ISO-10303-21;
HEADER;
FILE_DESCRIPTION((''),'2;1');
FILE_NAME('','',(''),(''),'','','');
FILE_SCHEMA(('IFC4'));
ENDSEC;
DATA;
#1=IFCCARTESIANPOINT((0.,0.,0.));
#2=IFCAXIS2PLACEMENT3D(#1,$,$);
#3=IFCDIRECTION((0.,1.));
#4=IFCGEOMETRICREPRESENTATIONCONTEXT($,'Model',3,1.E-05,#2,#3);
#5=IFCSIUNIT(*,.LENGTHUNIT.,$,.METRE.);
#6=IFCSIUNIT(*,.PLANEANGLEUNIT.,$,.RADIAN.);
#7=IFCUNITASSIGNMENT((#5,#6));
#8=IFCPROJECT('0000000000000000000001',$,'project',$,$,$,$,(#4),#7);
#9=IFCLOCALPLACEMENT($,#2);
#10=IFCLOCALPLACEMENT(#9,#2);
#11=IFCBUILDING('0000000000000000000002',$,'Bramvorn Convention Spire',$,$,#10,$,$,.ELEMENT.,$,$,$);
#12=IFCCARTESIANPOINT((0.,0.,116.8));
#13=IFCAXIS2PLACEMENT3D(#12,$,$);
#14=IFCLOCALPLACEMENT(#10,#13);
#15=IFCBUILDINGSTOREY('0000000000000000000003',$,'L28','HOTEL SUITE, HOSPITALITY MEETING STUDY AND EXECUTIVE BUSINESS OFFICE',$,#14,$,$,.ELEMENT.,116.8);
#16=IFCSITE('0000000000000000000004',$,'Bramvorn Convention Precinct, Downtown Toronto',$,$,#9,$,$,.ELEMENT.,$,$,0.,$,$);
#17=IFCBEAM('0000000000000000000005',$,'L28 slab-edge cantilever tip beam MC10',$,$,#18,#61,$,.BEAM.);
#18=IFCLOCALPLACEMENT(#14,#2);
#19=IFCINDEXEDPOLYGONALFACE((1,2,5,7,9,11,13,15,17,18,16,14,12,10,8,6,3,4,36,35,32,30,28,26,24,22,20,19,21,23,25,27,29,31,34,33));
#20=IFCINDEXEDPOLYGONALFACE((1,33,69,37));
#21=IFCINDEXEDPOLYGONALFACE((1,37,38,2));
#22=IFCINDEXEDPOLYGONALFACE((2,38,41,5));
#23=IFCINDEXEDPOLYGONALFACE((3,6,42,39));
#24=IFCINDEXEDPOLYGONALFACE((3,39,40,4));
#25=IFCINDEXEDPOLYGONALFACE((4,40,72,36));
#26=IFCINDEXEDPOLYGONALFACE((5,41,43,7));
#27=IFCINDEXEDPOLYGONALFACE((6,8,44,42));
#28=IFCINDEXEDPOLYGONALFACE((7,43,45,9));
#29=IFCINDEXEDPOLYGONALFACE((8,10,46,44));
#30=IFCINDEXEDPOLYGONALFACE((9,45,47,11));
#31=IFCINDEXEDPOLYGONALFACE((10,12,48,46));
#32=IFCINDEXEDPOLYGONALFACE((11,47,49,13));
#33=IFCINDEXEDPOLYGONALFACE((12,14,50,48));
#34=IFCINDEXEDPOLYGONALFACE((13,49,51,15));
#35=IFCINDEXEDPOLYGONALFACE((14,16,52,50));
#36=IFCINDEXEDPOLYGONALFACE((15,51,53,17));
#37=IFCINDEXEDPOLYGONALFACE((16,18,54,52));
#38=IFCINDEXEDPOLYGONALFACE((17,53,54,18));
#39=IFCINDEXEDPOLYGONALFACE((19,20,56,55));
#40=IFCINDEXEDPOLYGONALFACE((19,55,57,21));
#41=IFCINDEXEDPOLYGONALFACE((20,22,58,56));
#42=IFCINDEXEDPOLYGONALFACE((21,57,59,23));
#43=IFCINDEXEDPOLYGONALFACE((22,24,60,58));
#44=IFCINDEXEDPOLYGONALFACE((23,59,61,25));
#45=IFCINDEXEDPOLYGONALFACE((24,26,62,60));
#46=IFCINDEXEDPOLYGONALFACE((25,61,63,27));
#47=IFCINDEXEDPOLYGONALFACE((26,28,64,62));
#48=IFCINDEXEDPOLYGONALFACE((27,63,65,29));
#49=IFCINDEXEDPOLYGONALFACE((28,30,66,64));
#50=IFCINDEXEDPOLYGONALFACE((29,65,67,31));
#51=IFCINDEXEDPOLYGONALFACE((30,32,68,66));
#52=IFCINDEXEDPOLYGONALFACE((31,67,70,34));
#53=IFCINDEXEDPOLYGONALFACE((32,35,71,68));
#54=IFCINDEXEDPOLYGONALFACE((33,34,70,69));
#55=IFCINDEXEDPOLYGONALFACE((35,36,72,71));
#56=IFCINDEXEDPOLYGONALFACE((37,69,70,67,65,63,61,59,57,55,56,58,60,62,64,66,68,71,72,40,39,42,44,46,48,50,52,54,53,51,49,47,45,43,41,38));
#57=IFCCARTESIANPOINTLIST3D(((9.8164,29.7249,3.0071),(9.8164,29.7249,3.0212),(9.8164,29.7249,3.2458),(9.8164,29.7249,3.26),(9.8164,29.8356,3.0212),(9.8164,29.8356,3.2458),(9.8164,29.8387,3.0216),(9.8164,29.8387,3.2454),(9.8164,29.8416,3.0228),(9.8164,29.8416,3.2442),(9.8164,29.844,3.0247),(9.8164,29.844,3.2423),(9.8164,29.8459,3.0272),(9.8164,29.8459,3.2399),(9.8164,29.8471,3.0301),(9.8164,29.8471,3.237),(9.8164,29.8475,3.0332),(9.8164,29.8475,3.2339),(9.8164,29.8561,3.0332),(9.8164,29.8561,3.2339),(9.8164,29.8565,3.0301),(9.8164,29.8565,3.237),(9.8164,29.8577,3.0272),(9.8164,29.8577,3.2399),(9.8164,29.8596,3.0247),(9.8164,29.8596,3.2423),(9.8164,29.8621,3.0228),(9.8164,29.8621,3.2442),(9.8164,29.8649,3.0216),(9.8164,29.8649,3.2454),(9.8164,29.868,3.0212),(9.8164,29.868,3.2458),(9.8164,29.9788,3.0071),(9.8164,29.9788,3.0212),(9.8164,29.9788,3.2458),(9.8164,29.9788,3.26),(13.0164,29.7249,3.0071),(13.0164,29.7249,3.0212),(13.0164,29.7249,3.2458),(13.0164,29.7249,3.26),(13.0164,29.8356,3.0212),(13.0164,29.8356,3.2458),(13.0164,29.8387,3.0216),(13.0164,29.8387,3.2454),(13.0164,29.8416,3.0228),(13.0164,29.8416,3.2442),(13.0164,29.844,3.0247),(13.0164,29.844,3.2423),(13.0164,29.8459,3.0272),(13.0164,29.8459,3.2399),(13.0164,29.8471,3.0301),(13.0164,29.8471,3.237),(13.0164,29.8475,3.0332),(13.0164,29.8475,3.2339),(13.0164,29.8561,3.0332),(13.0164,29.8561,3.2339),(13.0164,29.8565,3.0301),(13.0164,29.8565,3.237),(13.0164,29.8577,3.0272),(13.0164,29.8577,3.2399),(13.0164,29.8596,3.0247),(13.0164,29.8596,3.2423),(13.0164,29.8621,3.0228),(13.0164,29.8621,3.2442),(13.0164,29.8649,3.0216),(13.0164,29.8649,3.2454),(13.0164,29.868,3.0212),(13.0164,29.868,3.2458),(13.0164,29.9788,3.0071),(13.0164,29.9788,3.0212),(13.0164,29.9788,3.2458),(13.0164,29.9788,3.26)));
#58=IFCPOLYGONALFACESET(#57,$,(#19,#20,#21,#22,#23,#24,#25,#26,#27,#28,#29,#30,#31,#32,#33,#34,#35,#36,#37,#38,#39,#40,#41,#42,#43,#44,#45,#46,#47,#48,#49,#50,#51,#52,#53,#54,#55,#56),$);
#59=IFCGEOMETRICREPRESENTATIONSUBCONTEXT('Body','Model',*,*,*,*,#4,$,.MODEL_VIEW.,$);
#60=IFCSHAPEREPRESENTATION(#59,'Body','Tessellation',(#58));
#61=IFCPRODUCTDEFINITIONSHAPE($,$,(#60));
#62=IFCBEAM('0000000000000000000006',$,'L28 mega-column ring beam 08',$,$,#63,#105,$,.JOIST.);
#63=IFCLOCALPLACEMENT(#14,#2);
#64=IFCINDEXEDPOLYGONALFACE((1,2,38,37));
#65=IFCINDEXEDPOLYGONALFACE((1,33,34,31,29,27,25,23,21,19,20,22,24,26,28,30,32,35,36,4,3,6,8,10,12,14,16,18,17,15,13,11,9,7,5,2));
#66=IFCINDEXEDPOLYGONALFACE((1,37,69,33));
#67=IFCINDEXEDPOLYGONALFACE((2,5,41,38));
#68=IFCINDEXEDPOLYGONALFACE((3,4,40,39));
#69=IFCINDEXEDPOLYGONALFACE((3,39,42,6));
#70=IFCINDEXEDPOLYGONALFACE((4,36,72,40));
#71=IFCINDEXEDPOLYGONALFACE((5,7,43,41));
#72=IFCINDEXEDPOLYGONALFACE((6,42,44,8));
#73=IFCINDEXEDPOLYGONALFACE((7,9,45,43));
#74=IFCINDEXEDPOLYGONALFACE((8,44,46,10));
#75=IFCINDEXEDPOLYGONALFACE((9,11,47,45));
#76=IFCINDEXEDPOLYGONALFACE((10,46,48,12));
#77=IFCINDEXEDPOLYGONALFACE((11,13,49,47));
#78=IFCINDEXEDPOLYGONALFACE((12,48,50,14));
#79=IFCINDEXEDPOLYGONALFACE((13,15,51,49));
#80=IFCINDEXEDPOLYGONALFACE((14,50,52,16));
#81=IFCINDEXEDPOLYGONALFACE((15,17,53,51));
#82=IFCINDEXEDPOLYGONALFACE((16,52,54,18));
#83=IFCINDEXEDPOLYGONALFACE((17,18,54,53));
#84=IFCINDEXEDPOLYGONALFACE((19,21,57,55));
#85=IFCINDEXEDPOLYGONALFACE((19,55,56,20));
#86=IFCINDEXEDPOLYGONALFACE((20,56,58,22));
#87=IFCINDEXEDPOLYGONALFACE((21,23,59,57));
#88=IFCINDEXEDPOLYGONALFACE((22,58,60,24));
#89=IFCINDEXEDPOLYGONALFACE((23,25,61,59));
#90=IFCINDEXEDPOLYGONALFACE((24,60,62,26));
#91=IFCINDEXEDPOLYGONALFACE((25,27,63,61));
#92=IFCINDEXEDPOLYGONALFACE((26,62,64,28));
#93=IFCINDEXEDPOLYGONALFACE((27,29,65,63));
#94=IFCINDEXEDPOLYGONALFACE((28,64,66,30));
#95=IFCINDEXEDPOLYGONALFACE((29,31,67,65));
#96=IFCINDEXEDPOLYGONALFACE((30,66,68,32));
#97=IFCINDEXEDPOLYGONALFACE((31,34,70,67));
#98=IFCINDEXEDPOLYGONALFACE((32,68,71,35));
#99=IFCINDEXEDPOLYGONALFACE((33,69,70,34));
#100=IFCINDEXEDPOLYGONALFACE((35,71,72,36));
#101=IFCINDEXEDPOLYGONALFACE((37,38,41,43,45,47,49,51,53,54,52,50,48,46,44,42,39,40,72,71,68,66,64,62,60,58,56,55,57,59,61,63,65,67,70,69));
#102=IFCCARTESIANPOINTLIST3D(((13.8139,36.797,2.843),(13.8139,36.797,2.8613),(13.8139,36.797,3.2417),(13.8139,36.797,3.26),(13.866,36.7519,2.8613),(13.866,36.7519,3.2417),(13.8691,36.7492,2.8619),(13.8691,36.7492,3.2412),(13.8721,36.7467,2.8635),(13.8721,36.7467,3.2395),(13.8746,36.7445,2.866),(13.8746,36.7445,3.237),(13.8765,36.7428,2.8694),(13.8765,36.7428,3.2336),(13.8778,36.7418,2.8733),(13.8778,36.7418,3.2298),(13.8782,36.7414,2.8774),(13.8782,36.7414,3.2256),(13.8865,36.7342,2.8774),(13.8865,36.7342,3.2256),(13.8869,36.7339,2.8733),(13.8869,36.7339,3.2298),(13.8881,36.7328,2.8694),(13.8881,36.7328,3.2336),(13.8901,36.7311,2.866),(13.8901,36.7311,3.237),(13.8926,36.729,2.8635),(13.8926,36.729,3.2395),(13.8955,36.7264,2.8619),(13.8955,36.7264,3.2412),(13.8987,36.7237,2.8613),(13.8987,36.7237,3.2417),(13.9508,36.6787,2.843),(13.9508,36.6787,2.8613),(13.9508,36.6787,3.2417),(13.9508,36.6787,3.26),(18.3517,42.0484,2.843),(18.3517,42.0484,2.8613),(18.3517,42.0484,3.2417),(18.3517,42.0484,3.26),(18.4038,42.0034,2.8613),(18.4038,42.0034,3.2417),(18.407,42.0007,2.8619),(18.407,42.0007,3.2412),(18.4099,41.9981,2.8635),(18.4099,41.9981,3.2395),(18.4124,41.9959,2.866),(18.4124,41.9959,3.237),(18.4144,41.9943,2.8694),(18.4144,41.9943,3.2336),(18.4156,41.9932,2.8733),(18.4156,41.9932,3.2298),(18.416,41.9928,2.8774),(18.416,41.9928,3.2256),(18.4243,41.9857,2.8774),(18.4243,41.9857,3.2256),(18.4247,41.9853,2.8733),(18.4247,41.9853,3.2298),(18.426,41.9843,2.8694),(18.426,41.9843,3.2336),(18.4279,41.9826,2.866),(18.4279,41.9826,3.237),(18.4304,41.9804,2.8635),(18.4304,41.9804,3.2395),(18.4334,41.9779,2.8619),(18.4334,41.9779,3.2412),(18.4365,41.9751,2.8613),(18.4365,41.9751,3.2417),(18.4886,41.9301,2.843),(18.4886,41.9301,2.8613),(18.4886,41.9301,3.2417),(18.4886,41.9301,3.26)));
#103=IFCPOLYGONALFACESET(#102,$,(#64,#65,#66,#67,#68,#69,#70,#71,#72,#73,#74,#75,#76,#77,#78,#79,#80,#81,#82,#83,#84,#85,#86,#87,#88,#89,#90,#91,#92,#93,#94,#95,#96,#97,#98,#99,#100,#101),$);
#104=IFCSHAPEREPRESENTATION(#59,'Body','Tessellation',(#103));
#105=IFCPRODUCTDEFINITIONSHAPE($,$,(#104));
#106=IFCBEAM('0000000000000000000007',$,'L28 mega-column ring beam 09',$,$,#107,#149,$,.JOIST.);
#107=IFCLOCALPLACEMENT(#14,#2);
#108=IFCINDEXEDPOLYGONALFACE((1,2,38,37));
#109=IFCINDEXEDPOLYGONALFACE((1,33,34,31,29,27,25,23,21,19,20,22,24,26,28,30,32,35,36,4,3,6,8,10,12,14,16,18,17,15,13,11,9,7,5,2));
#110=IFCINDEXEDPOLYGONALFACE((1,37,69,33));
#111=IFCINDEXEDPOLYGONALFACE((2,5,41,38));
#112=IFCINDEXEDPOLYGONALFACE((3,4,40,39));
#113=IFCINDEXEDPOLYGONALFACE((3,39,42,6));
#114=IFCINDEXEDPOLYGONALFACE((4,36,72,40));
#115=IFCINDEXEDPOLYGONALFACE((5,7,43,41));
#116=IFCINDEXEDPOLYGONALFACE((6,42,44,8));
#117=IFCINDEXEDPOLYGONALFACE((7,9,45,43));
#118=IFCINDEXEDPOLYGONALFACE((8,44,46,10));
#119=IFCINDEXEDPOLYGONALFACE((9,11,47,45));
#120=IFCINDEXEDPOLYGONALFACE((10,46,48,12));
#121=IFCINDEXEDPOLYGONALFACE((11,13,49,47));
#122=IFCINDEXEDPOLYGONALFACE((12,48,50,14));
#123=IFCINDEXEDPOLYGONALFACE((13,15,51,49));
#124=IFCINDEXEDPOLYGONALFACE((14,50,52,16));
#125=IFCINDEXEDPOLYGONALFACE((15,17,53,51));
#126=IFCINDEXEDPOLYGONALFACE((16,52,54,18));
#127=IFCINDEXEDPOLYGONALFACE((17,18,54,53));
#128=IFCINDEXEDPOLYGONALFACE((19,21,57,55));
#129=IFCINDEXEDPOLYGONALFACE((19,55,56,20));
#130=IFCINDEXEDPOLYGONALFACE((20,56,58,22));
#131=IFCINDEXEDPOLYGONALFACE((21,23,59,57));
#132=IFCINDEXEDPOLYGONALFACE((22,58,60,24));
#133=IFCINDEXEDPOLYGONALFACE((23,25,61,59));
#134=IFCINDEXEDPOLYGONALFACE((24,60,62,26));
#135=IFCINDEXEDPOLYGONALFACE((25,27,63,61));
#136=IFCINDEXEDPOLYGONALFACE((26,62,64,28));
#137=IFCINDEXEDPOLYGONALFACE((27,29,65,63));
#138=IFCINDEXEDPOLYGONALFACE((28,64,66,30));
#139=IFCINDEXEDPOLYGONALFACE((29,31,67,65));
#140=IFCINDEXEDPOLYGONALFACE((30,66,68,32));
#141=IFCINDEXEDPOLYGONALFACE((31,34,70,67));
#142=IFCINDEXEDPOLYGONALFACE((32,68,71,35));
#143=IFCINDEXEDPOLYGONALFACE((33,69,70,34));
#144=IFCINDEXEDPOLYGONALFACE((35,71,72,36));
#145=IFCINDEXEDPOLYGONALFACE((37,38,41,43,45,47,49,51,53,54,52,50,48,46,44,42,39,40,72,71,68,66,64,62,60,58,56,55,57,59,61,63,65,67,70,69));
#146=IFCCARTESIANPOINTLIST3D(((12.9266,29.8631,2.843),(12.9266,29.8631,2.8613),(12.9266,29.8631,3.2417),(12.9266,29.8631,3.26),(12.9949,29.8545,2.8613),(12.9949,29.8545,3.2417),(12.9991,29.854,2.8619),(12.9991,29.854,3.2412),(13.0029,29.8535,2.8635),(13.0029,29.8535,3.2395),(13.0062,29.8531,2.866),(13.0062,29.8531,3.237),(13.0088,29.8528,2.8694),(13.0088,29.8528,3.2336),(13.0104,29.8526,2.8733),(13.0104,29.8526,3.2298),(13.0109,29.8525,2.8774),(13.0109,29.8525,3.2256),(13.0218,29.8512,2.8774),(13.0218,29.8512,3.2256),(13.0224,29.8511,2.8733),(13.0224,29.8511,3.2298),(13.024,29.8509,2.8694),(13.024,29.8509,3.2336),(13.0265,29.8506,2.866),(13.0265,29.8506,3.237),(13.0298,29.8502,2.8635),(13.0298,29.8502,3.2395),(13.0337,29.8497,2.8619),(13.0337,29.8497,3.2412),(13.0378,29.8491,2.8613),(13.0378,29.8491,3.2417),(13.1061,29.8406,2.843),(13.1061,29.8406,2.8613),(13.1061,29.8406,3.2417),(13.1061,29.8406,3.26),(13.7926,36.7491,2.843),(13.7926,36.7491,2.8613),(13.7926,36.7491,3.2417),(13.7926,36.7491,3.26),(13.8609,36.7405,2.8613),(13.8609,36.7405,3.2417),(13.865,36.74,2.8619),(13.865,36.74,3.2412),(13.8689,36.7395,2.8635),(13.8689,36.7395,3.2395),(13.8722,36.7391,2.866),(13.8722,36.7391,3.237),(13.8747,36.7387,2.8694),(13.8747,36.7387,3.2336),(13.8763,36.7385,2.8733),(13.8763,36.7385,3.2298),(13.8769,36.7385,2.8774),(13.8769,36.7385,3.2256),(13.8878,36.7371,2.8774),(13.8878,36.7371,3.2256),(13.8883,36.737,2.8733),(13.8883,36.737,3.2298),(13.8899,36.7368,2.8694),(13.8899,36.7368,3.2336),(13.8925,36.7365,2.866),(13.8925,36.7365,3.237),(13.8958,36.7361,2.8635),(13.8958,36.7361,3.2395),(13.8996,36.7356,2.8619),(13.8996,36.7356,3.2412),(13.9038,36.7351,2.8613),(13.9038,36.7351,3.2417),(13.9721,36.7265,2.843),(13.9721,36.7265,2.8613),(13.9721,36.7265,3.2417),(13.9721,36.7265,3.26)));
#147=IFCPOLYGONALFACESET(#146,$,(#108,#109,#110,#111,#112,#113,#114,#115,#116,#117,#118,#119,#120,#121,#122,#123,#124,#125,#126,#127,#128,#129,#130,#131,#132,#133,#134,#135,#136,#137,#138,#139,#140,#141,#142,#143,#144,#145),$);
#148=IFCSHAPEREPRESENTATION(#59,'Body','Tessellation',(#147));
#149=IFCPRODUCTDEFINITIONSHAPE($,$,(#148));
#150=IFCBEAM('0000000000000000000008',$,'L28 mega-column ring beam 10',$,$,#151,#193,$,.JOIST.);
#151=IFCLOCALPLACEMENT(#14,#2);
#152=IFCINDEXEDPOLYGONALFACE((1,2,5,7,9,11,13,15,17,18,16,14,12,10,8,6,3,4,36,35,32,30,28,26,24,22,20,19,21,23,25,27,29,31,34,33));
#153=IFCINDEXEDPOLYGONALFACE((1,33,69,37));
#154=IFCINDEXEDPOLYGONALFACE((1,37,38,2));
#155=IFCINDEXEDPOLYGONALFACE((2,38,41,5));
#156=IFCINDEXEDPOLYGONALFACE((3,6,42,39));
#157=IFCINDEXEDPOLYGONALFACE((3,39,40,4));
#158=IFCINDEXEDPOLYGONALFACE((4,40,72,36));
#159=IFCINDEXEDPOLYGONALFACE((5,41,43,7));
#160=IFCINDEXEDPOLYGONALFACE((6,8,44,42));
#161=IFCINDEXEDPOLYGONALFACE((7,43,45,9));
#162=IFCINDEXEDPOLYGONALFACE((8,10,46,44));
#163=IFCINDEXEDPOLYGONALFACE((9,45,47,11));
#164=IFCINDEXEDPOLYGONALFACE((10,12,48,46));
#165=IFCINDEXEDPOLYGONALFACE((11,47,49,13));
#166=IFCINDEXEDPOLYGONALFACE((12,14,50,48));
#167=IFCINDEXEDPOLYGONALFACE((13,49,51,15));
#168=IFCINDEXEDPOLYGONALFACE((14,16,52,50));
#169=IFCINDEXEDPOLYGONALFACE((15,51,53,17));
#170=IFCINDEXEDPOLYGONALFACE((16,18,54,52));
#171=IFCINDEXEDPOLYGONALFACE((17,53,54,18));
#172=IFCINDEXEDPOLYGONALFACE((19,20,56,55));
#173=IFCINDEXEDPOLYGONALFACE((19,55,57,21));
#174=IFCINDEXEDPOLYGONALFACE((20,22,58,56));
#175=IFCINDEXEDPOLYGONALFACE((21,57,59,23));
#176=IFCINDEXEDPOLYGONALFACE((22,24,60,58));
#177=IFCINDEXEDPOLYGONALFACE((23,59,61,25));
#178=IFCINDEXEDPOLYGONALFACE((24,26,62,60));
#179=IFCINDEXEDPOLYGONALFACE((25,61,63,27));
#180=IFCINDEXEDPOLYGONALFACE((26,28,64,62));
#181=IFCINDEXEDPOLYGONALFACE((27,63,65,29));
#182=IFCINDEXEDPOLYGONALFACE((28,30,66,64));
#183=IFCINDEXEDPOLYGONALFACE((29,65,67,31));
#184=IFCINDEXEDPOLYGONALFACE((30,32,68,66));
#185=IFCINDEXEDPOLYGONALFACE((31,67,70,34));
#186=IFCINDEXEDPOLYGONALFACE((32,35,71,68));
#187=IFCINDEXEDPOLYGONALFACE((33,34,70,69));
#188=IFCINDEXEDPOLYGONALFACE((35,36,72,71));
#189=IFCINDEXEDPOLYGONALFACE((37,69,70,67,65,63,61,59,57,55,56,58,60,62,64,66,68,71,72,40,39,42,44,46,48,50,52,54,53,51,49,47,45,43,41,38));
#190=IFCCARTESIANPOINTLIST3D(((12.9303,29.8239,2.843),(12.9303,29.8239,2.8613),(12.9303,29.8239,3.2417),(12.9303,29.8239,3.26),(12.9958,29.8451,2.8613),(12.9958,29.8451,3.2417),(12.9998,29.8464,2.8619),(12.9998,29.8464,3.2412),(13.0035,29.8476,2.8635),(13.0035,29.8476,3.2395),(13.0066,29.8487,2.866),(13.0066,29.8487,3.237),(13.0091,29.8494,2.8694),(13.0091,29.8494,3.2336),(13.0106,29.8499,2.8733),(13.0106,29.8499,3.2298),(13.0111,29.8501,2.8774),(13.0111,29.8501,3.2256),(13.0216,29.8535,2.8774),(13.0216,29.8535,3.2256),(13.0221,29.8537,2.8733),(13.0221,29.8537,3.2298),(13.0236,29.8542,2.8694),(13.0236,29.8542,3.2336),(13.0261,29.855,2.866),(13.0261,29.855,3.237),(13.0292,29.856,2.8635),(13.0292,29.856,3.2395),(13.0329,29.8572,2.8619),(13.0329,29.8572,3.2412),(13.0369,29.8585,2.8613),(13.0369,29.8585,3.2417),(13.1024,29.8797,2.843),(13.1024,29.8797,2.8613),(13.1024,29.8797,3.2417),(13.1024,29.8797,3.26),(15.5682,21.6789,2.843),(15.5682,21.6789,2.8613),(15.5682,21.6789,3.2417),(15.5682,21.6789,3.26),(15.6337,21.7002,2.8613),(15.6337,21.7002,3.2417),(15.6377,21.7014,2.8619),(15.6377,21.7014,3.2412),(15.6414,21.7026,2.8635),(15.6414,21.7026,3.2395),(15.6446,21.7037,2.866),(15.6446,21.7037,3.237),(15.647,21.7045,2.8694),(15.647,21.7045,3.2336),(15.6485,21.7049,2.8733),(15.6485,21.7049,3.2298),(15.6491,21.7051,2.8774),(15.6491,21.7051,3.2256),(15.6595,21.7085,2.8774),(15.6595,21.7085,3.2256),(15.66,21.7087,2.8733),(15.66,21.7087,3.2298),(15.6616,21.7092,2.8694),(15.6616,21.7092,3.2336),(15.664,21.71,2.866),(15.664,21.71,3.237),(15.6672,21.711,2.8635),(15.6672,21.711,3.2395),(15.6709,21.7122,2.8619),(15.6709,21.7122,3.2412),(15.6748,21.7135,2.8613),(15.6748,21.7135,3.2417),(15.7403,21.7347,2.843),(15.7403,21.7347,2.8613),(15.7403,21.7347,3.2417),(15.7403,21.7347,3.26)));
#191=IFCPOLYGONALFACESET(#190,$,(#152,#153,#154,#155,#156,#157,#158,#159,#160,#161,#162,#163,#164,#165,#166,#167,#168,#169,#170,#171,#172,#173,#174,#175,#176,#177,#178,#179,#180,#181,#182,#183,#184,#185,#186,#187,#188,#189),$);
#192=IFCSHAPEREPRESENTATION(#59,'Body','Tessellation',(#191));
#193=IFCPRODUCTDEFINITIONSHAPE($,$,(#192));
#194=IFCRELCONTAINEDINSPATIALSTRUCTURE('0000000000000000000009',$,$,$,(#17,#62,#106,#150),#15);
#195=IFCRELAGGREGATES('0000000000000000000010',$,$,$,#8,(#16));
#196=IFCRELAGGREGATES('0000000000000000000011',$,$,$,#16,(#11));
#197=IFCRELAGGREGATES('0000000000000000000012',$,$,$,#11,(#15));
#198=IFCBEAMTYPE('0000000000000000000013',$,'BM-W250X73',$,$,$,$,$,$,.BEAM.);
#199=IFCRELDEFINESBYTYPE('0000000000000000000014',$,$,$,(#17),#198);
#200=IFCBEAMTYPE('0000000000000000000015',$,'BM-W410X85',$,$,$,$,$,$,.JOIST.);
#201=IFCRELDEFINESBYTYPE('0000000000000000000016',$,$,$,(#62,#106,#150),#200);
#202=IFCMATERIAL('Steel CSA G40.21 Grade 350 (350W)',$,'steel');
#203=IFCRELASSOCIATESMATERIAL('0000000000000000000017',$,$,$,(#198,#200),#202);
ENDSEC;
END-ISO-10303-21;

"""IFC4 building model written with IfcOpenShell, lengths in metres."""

from ifc_helpers import new_model, si_unit, direction, frame, origin, origin_2d, place, context, subcontext, project, spatial, i_section, extrude, material, material_profile, profile_set, type_object, element, save


model = new_model("IFC4")

# Units and contexts
model_context = context("Model", 3, precision=1e-05, world=origin(), true_north=direction((0.0, 1.0)))
body_context = subcontext(model_context, "Body", "Model", "MODEL_VIEW")
ifc_project = project(units=[si_unit("LENGTHUNIT", "METRE"), si_unit("PLANEANGLEUNIT", "RADIAN")], contexts=[model_context])

# Site, building, storey
site_placement = place(None, origin())
site = spatial("IfcSite", under=ifc_project, at=site_placement, Name="Bramvorn Convention Precinct, Downtown Toronto", CompositionType="ELEMENT", RefElevation=0.0)
building_placement = place(site_placement, origin())
building = spatial("IfcBuilding", under=site, at=building_placement, Name="Bramvorn Convention Spire", CompositionType="ELEMENT")
storey_placement = place(building_placement, frame((0.0, 0.0, 116.8)))
storey = spatial("IfcBuildingStorey", under=building, at=storey_placement, Name="L28", Description="HOTEL SUITE, HOSPITALITY MEETING STUDY AND EXECUTIVE BUSINESS OFFICE", CompositionType="ELEMENT", Elevation=116.8)

# Shared definitions
ifc_material_1 = material(Name="Steel CSA G40.21 Grade 350 (350W)", Category="steel")

# Beams
ifc_material_profile_1 = material_profile(ifc_material_1, i_section(OverallWidth=0.2539, OverallDepth=0.2529, WebThickness=0.0085, FlangeThickness=0.0142, FilletRadius=0.012, at=origin_2d()))
ifc_profile_set_1 = profile_set([ifc_material_profile_1], Name="Steel CSA G40.21 Grade 350 (350W) - W250X73")
beam_type_1 = type_object("IfcBeamType", Name="BM-W250X73", PredefinedType="BEAM", material=ifc_profile_set_1)
for number, where, z_axis, x_axis, name in (
    (1, (13.0164, 29.8518, 3.1335), (-1.0, 0.0, 0.0), (0.0, -1.0, 0.0), "L28 slab-edge cantilever tip beam MC10"),
):
    element("IfcBeam", number, at=place(storey_placement, frame(where, z_axis=z_axis, x_axis=x_axis)), inside=storey, type_object=beam_type_1, Name=name, PredefinedType="BEAM", context=body_context, shape_type="SweptSolid", body=[
        extrude(i_section(OverallWidth=0.2539, OverallDepth=0.2529, WebThickness=0.0085, FlangeThickness=0.0142, FilletRadius=0.012, at=origin_2d()), origin(), (0.0, 0.0, 1.0), 3.2),
    ])
ifc_material_profile_2 = material_profile(ifc_material_1, i_section(OverallWidth=0.1809, OverallDepth=0.417, WebThickness=0.011, FlangeThickness=0.0183, FilletRadius=0.0161, at=origin_2d()))
ifc_profile_set_2 = profile_set([ifc_material_profile_2], Name="Steel CSA G40.21 Grade 350 (350W) - W410X85")
beam_type_2 = type_object("IfcBeamType", Name="BM-W410X85", PredefinedType="JOIST", material=ifc_profile_set_2)
beam_1_placement = place(storey_placement, frame((18.4202, 41.9893, 3.0515), z_axis=(-0.653825, -0.756646, 0.0), x_axis=(0.756646, -0.653825, 0.0)))
element("IfcBeam", 2, at=beam_1_placement, inside=storey, type_object=beam_type_2, Name="L28 mega-column ring beam 08", PredefinedType="JOIST", context=body_context, shape_type="SweptSolid", body=[
    extrude(i_section(OverallWidth=0.1809, OverallDepth=0.417, WebThickness=0.011, FlangeThickness=0.0183, FilletRadius=0.0161, at=origin_2d()), origin(), (0.0, 0.0, 1.0), 6.9404),
])
beam_2_placement = place(storey_placement, frame((13.8823, 36.7378, 3.0515), z_axis=(-0.124775, -0.992185, 0.0), x_axis=(0.992185, -0.124775, 0.0)))
element("IfcBeam", 3, at=beam_2_placement, inside=storey, type_object=beam_type_2, Name="L28 mega-column ring beam 09", PredefinedType="JOIST", context=body_context, shape_type="SweptSolid", body=[
    extrude(i_section(OverallWidth=0.1809, OverallDepth=0.417, WebThickness=0.011, FlangeThickness=0.0183, FilletRadius=0.0161, at=origin_2d()), origin(), (0.0, 0.0, 1.0), 6.9402),
])
beam_3_placement = place(storey_placement, frame((13.0164, 29.8518, 3.0515), z_axis=(0.308115, -0.951349, 0.0), x_axis=(0.951349, 0.308115, 0.0)))
element("IfcBeam", 4, at=beam_3_placement, inside=storey, type_object=beam_type_2, Name="L28 mega-column ring beam 10", PredefinedType="JOIST", context=body_context, shape_type="SweptSolid", body=[
    extrude(i_section(OverallWidth=0.1809, OverallDepth=0.417, WebThickness=0.011, FlangeThickness=0.0183, FilletRadius=0.0161, at=origin_2d()), origin(), (0.0, 0.0, 1.0), 8.5615),
])

save(model, "model.ifc")
